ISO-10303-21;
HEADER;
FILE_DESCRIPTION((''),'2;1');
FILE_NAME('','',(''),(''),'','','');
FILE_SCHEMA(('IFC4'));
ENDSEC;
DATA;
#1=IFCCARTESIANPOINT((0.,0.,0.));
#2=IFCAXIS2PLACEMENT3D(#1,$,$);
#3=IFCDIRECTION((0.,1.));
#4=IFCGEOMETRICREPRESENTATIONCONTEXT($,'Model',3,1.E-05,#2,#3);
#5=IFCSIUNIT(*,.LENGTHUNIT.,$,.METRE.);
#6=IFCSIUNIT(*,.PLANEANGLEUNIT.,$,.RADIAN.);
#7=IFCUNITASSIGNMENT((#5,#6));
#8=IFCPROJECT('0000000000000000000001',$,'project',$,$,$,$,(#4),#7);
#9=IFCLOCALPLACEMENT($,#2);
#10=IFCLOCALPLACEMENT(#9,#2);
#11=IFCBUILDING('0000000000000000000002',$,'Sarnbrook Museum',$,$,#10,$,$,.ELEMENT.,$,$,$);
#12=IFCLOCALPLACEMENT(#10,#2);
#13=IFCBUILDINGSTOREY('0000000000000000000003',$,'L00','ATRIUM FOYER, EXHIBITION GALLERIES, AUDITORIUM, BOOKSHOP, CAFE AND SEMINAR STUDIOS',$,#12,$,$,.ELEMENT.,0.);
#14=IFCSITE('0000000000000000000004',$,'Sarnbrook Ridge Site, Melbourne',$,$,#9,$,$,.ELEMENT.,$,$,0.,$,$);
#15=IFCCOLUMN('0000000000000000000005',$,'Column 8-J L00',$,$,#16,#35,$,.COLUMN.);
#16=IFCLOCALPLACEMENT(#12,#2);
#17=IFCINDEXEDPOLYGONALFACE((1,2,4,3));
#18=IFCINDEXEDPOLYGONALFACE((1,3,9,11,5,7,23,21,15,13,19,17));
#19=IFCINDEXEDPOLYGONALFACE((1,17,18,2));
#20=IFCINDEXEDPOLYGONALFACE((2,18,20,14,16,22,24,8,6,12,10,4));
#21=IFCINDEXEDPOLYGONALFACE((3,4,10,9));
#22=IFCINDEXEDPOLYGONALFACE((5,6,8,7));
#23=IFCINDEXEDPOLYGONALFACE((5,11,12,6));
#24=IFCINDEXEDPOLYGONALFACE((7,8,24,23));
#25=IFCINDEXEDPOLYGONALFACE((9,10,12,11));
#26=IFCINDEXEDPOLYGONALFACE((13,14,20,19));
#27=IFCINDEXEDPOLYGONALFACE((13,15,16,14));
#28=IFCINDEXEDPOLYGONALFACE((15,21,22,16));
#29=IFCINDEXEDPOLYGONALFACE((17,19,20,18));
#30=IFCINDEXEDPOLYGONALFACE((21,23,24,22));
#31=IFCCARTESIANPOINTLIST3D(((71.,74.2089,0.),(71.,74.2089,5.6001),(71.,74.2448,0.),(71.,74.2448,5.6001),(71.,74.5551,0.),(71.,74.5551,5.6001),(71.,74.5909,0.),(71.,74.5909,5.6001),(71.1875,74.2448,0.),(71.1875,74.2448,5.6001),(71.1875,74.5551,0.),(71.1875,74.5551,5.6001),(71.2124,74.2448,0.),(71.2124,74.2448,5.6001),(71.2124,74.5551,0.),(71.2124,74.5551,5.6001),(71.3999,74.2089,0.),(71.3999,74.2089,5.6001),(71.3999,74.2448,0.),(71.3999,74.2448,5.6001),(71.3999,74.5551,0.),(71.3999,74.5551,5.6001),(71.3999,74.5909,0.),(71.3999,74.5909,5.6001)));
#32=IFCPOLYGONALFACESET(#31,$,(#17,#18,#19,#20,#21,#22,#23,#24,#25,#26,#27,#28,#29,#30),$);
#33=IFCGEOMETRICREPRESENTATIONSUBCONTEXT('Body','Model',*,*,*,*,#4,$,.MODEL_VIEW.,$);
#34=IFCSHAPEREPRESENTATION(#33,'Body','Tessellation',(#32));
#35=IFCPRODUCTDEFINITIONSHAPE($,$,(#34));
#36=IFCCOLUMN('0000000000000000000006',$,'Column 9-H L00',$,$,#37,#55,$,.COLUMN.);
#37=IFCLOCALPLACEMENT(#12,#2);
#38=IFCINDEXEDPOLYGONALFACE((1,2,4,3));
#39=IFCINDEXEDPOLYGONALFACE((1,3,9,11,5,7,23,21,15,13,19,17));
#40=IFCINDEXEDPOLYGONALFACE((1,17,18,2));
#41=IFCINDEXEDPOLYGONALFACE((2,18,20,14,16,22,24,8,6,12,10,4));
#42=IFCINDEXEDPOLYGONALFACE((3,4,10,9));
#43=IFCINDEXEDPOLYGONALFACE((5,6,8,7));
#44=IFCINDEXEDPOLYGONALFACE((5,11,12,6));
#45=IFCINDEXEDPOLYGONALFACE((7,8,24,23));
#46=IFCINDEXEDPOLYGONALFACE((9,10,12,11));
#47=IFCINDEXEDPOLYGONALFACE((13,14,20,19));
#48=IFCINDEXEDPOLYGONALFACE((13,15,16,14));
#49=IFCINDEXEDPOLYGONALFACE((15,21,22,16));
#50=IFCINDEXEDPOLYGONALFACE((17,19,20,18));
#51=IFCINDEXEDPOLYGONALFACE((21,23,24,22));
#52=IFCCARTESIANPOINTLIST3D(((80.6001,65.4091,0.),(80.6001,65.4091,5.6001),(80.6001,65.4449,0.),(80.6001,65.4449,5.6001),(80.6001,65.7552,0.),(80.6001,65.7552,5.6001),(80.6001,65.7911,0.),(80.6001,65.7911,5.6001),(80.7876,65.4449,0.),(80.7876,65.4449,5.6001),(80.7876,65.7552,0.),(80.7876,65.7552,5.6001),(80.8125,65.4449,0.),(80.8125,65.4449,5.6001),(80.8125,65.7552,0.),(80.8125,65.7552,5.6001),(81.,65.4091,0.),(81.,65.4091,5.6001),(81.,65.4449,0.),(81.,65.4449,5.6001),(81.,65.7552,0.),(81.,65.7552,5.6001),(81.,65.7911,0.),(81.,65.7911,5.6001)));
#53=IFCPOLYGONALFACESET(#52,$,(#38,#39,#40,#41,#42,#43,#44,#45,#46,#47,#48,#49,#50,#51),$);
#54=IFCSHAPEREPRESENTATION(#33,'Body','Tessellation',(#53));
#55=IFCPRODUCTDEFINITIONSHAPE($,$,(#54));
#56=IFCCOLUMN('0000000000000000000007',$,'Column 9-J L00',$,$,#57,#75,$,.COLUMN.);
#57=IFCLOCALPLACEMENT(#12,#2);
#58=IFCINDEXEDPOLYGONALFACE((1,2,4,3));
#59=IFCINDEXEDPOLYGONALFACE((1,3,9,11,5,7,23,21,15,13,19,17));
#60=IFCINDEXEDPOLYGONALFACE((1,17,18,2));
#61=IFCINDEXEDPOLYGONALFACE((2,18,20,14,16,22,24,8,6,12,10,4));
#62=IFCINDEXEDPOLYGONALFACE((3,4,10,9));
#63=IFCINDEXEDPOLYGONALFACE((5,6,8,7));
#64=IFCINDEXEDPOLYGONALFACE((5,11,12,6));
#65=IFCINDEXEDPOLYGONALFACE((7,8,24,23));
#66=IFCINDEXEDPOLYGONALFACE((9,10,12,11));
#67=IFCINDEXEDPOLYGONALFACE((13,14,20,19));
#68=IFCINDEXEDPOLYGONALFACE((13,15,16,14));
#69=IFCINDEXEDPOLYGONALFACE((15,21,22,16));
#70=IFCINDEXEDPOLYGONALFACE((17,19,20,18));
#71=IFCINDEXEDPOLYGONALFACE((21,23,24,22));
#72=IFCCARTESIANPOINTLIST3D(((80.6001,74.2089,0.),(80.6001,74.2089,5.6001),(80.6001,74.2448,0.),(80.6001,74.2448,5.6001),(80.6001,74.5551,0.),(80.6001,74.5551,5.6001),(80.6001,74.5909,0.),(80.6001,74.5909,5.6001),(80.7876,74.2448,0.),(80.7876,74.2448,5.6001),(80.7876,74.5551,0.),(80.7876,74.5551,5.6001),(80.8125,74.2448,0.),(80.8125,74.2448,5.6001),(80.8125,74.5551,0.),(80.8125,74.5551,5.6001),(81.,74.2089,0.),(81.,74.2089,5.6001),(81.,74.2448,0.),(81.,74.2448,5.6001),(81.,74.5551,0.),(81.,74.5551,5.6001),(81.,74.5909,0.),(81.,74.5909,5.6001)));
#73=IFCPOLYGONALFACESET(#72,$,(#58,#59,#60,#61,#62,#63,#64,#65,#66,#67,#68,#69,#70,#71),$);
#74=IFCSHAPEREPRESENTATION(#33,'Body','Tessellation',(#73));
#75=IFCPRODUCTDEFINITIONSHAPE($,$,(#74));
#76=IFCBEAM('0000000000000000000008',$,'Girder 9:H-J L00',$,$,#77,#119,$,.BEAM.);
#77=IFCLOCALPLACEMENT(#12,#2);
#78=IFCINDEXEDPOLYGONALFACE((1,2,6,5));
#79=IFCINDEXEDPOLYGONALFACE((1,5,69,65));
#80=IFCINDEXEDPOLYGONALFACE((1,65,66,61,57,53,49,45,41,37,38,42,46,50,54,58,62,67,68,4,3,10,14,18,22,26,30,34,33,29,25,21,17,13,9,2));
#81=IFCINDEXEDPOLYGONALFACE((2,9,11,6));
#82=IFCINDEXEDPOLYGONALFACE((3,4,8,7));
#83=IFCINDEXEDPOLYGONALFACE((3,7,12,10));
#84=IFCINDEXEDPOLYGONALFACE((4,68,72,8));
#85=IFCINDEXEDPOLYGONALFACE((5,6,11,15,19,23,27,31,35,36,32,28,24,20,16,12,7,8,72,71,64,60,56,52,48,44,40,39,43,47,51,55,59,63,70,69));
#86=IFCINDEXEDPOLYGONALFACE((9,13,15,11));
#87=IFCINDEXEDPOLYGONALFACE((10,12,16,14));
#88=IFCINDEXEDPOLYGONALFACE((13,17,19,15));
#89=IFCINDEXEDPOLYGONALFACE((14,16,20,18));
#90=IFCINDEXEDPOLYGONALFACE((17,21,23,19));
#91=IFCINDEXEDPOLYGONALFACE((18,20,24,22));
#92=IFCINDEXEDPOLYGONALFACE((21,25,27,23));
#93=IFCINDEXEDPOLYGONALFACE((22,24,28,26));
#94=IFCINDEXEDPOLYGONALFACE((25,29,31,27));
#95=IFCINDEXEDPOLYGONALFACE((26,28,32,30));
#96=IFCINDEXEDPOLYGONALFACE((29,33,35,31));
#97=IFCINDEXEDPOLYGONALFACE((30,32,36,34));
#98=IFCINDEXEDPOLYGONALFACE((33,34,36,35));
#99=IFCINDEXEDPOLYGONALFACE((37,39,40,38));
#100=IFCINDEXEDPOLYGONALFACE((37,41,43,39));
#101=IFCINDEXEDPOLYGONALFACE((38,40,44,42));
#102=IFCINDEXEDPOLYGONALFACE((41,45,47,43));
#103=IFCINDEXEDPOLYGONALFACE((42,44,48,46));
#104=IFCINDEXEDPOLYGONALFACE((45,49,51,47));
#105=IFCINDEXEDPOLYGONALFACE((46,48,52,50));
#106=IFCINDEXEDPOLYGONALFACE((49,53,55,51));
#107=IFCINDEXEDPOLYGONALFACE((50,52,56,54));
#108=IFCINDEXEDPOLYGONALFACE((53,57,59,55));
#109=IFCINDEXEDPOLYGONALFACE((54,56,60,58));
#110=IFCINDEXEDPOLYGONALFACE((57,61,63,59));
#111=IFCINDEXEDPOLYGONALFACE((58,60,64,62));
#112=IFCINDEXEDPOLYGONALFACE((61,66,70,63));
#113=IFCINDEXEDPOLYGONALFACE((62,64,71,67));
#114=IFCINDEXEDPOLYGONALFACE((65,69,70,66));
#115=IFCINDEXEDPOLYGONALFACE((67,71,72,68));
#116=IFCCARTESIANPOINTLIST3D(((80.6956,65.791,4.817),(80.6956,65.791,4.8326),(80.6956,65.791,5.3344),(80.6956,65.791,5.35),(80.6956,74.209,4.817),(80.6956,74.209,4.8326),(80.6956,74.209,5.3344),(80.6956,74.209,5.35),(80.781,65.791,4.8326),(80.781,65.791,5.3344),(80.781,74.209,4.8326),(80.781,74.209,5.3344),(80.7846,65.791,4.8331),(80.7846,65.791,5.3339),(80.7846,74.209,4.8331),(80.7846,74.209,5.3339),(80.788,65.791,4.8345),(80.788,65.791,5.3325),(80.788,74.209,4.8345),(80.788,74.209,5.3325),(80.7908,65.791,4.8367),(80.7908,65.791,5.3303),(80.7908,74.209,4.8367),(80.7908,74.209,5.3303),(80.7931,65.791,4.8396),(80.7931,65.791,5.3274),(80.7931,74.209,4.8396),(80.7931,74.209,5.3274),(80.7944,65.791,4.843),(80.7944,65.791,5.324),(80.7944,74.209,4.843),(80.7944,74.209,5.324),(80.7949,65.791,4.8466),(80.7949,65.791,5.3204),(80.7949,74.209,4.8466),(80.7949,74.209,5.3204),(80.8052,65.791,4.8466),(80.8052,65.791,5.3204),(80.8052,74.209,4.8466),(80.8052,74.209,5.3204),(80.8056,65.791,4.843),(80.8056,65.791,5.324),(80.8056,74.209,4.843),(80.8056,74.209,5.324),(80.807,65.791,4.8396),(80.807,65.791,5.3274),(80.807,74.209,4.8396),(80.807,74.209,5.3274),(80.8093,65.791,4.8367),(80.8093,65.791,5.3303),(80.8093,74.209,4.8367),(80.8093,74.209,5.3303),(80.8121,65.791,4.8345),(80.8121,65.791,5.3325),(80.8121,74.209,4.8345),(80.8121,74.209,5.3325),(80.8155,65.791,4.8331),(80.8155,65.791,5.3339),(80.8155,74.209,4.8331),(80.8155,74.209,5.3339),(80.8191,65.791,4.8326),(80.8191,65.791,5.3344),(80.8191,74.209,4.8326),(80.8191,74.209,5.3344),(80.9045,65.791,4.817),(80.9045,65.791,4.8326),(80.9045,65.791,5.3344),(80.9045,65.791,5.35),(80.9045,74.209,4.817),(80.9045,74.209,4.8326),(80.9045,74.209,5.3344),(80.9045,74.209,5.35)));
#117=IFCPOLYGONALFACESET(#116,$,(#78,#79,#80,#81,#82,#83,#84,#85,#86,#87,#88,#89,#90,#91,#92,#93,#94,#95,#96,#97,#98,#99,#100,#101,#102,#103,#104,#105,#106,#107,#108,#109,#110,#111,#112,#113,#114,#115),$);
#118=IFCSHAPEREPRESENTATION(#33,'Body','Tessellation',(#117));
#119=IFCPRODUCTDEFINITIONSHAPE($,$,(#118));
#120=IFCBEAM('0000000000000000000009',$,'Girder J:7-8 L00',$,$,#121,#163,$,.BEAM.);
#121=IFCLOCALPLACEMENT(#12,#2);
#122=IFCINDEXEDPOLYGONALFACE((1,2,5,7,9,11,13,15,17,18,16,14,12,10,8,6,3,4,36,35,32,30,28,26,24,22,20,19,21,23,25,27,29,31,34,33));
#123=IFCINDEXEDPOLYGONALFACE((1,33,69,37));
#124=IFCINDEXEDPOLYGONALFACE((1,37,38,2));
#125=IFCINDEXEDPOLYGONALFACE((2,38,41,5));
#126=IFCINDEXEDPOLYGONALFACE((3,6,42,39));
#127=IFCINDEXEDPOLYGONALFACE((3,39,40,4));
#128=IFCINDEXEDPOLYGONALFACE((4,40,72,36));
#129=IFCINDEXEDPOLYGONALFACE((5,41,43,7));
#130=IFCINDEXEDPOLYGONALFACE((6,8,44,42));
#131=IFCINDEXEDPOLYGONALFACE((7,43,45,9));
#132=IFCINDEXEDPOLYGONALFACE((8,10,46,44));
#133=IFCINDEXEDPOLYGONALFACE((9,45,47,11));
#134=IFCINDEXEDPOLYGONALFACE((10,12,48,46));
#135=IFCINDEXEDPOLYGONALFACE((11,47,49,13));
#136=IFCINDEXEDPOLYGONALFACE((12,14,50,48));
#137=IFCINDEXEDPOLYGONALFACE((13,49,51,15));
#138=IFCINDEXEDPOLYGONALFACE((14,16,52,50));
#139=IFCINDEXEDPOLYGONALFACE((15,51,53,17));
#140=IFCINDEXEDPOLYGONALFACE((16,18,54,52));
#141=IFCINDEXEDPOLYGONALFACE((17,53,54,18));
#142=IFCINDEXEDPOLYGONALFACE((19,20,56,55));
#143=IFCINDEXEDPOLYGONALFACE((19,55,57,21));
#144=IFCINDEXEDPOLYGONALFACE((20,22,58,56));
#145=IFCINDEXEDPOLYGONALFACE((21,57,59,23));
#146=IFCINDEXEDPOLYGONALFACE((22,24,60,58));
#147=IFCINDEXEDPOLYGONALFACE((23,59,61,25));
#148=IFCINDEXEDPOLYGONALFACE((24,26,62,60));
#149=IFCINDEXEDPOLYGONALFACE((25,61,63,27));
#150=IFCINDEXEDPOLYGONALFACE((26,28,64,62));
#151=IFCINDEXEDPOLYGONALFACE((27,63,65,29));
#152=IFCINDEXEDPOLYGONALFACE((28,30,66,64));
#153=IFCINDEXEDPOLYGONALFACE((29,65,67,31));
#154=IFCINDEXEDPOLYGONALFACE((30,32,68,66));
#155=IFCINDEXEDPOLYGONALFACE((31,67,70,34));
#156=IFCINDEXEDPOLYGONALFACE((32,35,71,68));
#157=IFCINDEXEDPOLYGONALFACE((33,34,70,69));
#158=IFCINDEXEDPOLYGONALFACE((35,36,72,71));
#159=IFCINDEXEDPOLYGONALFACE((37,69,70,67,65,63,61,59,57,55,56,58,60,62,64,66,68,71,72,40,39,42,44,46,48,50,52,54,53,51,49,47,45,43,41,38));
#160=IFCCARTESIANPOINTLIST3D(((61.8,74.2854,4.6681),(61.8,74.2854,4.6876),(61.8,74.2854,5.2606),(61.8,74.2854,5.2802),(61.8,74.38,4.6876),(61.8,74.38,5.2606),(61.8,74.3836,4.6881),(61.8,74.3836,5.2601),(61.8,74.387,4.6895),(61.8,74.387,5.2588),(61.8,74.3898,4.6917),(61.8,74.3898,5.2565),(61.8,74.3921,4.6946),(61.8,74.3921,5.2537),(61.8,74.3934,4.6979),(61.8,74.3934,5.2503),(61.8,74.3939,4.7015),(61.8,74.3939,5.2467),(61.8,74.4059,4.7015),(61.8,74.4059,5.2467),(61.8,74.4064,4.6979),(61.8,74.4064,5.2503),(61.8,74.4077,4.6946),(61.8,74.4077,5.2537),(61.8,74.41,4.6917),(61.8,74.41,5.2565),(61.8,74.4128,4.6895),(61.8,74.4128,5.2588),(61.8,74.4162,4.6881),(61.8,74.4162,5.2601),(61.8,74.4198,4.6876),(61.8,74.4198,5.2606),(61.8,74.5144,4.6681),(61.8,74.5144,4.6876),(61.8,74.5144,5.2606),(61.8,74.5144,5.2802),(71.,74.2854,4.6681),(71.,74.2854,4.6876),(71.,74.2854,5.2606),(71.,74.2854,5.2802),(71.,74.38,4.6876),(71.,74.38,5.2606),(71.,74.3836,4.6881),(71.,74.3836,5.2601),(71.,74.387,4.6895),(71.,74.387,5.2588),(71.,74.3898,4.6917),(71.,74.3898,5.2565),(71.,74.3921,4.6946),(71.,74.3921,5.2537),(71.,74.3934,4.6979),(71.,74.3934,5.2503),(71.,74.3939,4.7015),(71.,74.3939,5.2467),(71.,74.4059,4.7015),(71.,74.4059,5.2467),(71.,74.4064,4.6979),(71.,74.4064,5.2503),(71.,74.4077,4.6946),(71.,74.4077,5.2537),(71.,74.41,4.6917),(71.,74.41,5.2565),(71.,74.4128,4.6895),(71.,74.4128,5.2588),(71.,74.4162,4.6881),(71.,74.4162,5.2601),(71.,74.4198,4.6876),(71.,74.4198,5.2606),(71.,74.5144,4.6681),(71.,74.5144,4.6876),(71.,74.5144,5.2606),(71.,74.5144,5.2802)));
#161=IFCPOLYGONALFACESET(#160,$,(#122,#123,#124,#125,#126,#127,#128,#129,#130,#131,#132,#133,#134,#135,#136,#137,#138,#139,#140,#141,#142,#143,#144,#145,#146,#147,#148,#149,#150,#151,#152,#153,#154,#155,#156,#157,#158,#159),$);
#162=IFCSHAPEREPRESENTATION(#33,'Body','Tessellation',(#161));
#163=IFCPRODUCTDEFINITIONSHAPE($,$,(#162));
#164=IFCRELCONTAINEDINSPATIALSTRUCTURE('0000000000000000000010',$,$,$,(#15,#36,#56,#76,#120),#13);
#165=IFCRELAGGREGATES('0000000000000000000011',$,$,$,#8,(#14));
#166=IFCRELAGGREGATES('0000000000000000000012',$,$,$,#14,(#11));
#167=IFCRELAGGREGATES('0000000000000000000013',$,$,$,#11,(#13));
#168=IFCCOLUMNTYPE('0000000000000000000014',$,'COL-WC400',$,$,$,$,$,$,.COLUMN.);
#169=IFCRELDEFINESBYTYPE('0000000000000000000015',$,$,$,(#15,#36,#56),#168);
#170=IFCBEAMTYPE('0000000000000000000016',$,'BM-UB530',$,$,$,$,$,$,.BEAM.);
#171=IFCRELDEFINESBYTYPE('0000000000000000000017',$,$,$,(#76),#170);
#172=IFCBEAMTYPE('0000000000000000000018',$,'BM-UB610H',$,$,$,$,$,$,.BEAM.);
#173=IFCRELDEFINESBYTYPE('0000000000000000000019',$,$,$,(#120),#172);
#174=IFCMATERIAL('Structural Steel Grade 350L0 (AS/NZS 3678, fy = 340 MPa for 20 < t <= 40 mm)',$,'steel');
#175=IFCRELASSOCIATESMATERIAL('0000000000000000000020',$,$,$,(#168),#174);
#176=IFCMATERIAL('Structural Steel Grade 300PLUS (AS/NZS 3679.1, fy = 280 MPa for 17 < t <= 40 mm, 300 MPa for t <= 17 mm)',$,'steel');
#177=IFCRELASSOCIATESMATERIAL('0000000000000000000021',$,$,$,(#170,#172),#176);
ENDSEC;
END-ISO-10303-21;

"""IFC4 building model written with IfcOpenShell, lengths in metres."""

from ifc_helpers import new_model, si_unit, direction, frame, origin, origin_2d, place, context, subcontext, project, spatial, i_section, extrude, material, material_profile, profile_set, type_object, element, save


model = new_model("IFC4")

# Units and contexts
model_context = context("Model", 3, precision=1e-05, world=origin(), true_north=direction((0.0, 1.0)))
body_context = subcontext(model_context, "Body", "Model", "MODEL_VIEW")
ifc_project = project(units=[si_unit("LENGTHUNIT", "METRE"), si_unit("PLANEANGLEUNIT", "RADIAN")], contexts=[model_context])

# Site, building, storey
site_placement = place(None, origin())
site = spatial("IfcSite", under=ifc_project, at=site_placement, Name="Sarnbrook Ridge Site, Melbourne", CompositionType="ELEMENT", RefElevation=0.0)
building_placement = place(site_placement, origin())
building = spatial("IfcBuilding", under=site, at=building_placement, Name="Sarnbrook Museum", CompositionType="ELEMENT")
storey_placement = place(building_placement, origin())
storey = spatial("IfcBuildingStorey", under=building, at=storey_placement, Name="L00", Description="ATRIUM FOYER, EXHIBITION GALLERIES, AUDITORIUM, BOOKSHOP, CAFE AND SEMINAR STUDIOS", CompositionType="ELEMENT", Elevation=0.0)

# Columns
ifc_material_1 = material(Name="Structural Steel Grade 350L0 (AS/NZS 3678, fy = 340 MPa for 20 < t <= 40 mm)", Category="steel")
ifc_material_profile_1 = material_profile(ifc_material_1, i_section(OverallWidth=0.3999, OverallDepth=0.3821, WebThickness=0.0249, FlangeThickness=0.0359, at=origin_2d()), Name="400WC270")
ifc_profile_set_1 = profile_set([ifc_material_profile_1], Name="Structural Steel Grade 350L0 (AS/NZS 3678, fy = 340 MPa for 20 < t <= 40 mm)")
column_type = type_object("IfcColumnType", Name="COL-WC400", PredefinedType="COLUMN", material=ifc_profile_set_1)
for number, where, z_axis, x_axis, name in (
    (1, (71.2, 74.3999, 0.0), (0.0, 0.0, 1.0), (1.0, 0.0, 0.0), "Column 8-J L00"),
    (2, (80.8, 65.6001, 0.0), (0.0, 0.0, 1.0), (1.0, 0.0, 0.0), "Column 9-H L00"),
    (3, (80.8, 74.3999, 0.0), (0.0, 0.0, 1.0), (1.0, 0.0, 0.0), "Column 9-J L00"),
):
    element("IfcColumn", number, at=place(storey_placement, frame(where, z_axis=z_axis, x_axis=x_axis)), inside=storey, type_object=column_type, Name=name, PredefinedType="COLUMN", context=body_context, shape_type="SweptSolid", body=[
        extrude(i_section(OverallWidth=0.3999, OverallDepth=0.3821, WebThickness=0.0249, FlangeThickness=0.0359, at=origin_2d()), origin(), (0.0, 0.0, 1.0), 5.6001),
    ])

# Beams
ifc_material_2 = material(Name="Structural Steel Grade 300PLUS (AS/NZS 3679.1, fy = 280 MPa for 17 < t <= 40 mm, 300 MPa for t <= 17 mm)", Category="steel")
ifc_material_profile_2 = material_profile(ifc_material_2, i_section(OverallWidth=0.209, OverallDepth=0.533, WebThickness=0.0103, FlangeThickness=0.0156, FilletRadius=0.0139, at=origin_2d()), Name="530UB92.4")
ifc_profile_set_2 = profile_set([ifc_material_profile_2], Name="Structural Steel Grade 300PLUS (AS/NZS 3679.1, fy = 280 MPa for 17 < t <= 40 mm, 300 MPa for t <= 17 mm)")
beam_type_1 = type_object("IfcBeamType", Name="BM-UB530", PredefinedType="BEAM", material=ifc_profile_set_2)
beam_1_placement = place(storey_placement, frame((80.8, 65.791, 5.0835), z_axis=(0.0, 1.0, 0.0), x_axis=(-1.0, 0.0, 0.0)))
element("IfcBeam", 4, at=beam_1_placement, inside=storey, type_object=beam_type_1, Name="Girder 9:H-J L00", PredefinedType="BEAM", context=body_context, shape_type="SweptSolid", body=[
    extrude(i_section(OverallWidth=0.209, OverallDepth=0.533, WebThickness=0.0103, FlangeThickness=0.0156, FilletRadius=0.0139, at=origin_2d()), origin(), (0.0, 0.0, 1.0), 8.418),
])
ifc_material_profile_3 = material_profile(ifc_material_2, i_section(OverallWidth=0.229, OverallDepth=0.6121, WebThickness=0.012, FlangeThickness=0.0195, FilletRadius=0.0139, at=origin_2d()), Name="610UB125")
ifc_profile_set_3 = profile_set([ifc_material_profile_3], Name="Structural Steel Grade 300PLUS (AS/NZS 3679.1, fy = 280 MPa for 17 < t <= 40 mm, 300 MPa for t <= 17 mm)")
beam_type_2 = type_object("IfcBeamType", Name="BM-UB610H", PredefinedType="BEAM", material=ifc_profile_set_3)
beam_2_placement = place(storey_placement, frame((61.8, 74.3999, 4.9741), z_axis=(1.0, 0.0, 0.0), x_axis=(0.0, 1.0, 0.0)))
element("IfcBeam", 5, at=beam_2_placement, inside=storey, type_object=beam_type_2, Name="Girder J:7-8 L00", PredefinedType="BEAM", context=body_context, shape_type="SweptSolid", body=[
    extrude(i_section(OverallWidth=0.229, OverallDepth=0.6121, WebThickness=0.012, FlangeThickness=0.0195, FilletRadius=0.0139, at=origin_2d()), origin(), (0.0, 0.0, 1.0), 9.2),
])

save(model, "model.ifc")
